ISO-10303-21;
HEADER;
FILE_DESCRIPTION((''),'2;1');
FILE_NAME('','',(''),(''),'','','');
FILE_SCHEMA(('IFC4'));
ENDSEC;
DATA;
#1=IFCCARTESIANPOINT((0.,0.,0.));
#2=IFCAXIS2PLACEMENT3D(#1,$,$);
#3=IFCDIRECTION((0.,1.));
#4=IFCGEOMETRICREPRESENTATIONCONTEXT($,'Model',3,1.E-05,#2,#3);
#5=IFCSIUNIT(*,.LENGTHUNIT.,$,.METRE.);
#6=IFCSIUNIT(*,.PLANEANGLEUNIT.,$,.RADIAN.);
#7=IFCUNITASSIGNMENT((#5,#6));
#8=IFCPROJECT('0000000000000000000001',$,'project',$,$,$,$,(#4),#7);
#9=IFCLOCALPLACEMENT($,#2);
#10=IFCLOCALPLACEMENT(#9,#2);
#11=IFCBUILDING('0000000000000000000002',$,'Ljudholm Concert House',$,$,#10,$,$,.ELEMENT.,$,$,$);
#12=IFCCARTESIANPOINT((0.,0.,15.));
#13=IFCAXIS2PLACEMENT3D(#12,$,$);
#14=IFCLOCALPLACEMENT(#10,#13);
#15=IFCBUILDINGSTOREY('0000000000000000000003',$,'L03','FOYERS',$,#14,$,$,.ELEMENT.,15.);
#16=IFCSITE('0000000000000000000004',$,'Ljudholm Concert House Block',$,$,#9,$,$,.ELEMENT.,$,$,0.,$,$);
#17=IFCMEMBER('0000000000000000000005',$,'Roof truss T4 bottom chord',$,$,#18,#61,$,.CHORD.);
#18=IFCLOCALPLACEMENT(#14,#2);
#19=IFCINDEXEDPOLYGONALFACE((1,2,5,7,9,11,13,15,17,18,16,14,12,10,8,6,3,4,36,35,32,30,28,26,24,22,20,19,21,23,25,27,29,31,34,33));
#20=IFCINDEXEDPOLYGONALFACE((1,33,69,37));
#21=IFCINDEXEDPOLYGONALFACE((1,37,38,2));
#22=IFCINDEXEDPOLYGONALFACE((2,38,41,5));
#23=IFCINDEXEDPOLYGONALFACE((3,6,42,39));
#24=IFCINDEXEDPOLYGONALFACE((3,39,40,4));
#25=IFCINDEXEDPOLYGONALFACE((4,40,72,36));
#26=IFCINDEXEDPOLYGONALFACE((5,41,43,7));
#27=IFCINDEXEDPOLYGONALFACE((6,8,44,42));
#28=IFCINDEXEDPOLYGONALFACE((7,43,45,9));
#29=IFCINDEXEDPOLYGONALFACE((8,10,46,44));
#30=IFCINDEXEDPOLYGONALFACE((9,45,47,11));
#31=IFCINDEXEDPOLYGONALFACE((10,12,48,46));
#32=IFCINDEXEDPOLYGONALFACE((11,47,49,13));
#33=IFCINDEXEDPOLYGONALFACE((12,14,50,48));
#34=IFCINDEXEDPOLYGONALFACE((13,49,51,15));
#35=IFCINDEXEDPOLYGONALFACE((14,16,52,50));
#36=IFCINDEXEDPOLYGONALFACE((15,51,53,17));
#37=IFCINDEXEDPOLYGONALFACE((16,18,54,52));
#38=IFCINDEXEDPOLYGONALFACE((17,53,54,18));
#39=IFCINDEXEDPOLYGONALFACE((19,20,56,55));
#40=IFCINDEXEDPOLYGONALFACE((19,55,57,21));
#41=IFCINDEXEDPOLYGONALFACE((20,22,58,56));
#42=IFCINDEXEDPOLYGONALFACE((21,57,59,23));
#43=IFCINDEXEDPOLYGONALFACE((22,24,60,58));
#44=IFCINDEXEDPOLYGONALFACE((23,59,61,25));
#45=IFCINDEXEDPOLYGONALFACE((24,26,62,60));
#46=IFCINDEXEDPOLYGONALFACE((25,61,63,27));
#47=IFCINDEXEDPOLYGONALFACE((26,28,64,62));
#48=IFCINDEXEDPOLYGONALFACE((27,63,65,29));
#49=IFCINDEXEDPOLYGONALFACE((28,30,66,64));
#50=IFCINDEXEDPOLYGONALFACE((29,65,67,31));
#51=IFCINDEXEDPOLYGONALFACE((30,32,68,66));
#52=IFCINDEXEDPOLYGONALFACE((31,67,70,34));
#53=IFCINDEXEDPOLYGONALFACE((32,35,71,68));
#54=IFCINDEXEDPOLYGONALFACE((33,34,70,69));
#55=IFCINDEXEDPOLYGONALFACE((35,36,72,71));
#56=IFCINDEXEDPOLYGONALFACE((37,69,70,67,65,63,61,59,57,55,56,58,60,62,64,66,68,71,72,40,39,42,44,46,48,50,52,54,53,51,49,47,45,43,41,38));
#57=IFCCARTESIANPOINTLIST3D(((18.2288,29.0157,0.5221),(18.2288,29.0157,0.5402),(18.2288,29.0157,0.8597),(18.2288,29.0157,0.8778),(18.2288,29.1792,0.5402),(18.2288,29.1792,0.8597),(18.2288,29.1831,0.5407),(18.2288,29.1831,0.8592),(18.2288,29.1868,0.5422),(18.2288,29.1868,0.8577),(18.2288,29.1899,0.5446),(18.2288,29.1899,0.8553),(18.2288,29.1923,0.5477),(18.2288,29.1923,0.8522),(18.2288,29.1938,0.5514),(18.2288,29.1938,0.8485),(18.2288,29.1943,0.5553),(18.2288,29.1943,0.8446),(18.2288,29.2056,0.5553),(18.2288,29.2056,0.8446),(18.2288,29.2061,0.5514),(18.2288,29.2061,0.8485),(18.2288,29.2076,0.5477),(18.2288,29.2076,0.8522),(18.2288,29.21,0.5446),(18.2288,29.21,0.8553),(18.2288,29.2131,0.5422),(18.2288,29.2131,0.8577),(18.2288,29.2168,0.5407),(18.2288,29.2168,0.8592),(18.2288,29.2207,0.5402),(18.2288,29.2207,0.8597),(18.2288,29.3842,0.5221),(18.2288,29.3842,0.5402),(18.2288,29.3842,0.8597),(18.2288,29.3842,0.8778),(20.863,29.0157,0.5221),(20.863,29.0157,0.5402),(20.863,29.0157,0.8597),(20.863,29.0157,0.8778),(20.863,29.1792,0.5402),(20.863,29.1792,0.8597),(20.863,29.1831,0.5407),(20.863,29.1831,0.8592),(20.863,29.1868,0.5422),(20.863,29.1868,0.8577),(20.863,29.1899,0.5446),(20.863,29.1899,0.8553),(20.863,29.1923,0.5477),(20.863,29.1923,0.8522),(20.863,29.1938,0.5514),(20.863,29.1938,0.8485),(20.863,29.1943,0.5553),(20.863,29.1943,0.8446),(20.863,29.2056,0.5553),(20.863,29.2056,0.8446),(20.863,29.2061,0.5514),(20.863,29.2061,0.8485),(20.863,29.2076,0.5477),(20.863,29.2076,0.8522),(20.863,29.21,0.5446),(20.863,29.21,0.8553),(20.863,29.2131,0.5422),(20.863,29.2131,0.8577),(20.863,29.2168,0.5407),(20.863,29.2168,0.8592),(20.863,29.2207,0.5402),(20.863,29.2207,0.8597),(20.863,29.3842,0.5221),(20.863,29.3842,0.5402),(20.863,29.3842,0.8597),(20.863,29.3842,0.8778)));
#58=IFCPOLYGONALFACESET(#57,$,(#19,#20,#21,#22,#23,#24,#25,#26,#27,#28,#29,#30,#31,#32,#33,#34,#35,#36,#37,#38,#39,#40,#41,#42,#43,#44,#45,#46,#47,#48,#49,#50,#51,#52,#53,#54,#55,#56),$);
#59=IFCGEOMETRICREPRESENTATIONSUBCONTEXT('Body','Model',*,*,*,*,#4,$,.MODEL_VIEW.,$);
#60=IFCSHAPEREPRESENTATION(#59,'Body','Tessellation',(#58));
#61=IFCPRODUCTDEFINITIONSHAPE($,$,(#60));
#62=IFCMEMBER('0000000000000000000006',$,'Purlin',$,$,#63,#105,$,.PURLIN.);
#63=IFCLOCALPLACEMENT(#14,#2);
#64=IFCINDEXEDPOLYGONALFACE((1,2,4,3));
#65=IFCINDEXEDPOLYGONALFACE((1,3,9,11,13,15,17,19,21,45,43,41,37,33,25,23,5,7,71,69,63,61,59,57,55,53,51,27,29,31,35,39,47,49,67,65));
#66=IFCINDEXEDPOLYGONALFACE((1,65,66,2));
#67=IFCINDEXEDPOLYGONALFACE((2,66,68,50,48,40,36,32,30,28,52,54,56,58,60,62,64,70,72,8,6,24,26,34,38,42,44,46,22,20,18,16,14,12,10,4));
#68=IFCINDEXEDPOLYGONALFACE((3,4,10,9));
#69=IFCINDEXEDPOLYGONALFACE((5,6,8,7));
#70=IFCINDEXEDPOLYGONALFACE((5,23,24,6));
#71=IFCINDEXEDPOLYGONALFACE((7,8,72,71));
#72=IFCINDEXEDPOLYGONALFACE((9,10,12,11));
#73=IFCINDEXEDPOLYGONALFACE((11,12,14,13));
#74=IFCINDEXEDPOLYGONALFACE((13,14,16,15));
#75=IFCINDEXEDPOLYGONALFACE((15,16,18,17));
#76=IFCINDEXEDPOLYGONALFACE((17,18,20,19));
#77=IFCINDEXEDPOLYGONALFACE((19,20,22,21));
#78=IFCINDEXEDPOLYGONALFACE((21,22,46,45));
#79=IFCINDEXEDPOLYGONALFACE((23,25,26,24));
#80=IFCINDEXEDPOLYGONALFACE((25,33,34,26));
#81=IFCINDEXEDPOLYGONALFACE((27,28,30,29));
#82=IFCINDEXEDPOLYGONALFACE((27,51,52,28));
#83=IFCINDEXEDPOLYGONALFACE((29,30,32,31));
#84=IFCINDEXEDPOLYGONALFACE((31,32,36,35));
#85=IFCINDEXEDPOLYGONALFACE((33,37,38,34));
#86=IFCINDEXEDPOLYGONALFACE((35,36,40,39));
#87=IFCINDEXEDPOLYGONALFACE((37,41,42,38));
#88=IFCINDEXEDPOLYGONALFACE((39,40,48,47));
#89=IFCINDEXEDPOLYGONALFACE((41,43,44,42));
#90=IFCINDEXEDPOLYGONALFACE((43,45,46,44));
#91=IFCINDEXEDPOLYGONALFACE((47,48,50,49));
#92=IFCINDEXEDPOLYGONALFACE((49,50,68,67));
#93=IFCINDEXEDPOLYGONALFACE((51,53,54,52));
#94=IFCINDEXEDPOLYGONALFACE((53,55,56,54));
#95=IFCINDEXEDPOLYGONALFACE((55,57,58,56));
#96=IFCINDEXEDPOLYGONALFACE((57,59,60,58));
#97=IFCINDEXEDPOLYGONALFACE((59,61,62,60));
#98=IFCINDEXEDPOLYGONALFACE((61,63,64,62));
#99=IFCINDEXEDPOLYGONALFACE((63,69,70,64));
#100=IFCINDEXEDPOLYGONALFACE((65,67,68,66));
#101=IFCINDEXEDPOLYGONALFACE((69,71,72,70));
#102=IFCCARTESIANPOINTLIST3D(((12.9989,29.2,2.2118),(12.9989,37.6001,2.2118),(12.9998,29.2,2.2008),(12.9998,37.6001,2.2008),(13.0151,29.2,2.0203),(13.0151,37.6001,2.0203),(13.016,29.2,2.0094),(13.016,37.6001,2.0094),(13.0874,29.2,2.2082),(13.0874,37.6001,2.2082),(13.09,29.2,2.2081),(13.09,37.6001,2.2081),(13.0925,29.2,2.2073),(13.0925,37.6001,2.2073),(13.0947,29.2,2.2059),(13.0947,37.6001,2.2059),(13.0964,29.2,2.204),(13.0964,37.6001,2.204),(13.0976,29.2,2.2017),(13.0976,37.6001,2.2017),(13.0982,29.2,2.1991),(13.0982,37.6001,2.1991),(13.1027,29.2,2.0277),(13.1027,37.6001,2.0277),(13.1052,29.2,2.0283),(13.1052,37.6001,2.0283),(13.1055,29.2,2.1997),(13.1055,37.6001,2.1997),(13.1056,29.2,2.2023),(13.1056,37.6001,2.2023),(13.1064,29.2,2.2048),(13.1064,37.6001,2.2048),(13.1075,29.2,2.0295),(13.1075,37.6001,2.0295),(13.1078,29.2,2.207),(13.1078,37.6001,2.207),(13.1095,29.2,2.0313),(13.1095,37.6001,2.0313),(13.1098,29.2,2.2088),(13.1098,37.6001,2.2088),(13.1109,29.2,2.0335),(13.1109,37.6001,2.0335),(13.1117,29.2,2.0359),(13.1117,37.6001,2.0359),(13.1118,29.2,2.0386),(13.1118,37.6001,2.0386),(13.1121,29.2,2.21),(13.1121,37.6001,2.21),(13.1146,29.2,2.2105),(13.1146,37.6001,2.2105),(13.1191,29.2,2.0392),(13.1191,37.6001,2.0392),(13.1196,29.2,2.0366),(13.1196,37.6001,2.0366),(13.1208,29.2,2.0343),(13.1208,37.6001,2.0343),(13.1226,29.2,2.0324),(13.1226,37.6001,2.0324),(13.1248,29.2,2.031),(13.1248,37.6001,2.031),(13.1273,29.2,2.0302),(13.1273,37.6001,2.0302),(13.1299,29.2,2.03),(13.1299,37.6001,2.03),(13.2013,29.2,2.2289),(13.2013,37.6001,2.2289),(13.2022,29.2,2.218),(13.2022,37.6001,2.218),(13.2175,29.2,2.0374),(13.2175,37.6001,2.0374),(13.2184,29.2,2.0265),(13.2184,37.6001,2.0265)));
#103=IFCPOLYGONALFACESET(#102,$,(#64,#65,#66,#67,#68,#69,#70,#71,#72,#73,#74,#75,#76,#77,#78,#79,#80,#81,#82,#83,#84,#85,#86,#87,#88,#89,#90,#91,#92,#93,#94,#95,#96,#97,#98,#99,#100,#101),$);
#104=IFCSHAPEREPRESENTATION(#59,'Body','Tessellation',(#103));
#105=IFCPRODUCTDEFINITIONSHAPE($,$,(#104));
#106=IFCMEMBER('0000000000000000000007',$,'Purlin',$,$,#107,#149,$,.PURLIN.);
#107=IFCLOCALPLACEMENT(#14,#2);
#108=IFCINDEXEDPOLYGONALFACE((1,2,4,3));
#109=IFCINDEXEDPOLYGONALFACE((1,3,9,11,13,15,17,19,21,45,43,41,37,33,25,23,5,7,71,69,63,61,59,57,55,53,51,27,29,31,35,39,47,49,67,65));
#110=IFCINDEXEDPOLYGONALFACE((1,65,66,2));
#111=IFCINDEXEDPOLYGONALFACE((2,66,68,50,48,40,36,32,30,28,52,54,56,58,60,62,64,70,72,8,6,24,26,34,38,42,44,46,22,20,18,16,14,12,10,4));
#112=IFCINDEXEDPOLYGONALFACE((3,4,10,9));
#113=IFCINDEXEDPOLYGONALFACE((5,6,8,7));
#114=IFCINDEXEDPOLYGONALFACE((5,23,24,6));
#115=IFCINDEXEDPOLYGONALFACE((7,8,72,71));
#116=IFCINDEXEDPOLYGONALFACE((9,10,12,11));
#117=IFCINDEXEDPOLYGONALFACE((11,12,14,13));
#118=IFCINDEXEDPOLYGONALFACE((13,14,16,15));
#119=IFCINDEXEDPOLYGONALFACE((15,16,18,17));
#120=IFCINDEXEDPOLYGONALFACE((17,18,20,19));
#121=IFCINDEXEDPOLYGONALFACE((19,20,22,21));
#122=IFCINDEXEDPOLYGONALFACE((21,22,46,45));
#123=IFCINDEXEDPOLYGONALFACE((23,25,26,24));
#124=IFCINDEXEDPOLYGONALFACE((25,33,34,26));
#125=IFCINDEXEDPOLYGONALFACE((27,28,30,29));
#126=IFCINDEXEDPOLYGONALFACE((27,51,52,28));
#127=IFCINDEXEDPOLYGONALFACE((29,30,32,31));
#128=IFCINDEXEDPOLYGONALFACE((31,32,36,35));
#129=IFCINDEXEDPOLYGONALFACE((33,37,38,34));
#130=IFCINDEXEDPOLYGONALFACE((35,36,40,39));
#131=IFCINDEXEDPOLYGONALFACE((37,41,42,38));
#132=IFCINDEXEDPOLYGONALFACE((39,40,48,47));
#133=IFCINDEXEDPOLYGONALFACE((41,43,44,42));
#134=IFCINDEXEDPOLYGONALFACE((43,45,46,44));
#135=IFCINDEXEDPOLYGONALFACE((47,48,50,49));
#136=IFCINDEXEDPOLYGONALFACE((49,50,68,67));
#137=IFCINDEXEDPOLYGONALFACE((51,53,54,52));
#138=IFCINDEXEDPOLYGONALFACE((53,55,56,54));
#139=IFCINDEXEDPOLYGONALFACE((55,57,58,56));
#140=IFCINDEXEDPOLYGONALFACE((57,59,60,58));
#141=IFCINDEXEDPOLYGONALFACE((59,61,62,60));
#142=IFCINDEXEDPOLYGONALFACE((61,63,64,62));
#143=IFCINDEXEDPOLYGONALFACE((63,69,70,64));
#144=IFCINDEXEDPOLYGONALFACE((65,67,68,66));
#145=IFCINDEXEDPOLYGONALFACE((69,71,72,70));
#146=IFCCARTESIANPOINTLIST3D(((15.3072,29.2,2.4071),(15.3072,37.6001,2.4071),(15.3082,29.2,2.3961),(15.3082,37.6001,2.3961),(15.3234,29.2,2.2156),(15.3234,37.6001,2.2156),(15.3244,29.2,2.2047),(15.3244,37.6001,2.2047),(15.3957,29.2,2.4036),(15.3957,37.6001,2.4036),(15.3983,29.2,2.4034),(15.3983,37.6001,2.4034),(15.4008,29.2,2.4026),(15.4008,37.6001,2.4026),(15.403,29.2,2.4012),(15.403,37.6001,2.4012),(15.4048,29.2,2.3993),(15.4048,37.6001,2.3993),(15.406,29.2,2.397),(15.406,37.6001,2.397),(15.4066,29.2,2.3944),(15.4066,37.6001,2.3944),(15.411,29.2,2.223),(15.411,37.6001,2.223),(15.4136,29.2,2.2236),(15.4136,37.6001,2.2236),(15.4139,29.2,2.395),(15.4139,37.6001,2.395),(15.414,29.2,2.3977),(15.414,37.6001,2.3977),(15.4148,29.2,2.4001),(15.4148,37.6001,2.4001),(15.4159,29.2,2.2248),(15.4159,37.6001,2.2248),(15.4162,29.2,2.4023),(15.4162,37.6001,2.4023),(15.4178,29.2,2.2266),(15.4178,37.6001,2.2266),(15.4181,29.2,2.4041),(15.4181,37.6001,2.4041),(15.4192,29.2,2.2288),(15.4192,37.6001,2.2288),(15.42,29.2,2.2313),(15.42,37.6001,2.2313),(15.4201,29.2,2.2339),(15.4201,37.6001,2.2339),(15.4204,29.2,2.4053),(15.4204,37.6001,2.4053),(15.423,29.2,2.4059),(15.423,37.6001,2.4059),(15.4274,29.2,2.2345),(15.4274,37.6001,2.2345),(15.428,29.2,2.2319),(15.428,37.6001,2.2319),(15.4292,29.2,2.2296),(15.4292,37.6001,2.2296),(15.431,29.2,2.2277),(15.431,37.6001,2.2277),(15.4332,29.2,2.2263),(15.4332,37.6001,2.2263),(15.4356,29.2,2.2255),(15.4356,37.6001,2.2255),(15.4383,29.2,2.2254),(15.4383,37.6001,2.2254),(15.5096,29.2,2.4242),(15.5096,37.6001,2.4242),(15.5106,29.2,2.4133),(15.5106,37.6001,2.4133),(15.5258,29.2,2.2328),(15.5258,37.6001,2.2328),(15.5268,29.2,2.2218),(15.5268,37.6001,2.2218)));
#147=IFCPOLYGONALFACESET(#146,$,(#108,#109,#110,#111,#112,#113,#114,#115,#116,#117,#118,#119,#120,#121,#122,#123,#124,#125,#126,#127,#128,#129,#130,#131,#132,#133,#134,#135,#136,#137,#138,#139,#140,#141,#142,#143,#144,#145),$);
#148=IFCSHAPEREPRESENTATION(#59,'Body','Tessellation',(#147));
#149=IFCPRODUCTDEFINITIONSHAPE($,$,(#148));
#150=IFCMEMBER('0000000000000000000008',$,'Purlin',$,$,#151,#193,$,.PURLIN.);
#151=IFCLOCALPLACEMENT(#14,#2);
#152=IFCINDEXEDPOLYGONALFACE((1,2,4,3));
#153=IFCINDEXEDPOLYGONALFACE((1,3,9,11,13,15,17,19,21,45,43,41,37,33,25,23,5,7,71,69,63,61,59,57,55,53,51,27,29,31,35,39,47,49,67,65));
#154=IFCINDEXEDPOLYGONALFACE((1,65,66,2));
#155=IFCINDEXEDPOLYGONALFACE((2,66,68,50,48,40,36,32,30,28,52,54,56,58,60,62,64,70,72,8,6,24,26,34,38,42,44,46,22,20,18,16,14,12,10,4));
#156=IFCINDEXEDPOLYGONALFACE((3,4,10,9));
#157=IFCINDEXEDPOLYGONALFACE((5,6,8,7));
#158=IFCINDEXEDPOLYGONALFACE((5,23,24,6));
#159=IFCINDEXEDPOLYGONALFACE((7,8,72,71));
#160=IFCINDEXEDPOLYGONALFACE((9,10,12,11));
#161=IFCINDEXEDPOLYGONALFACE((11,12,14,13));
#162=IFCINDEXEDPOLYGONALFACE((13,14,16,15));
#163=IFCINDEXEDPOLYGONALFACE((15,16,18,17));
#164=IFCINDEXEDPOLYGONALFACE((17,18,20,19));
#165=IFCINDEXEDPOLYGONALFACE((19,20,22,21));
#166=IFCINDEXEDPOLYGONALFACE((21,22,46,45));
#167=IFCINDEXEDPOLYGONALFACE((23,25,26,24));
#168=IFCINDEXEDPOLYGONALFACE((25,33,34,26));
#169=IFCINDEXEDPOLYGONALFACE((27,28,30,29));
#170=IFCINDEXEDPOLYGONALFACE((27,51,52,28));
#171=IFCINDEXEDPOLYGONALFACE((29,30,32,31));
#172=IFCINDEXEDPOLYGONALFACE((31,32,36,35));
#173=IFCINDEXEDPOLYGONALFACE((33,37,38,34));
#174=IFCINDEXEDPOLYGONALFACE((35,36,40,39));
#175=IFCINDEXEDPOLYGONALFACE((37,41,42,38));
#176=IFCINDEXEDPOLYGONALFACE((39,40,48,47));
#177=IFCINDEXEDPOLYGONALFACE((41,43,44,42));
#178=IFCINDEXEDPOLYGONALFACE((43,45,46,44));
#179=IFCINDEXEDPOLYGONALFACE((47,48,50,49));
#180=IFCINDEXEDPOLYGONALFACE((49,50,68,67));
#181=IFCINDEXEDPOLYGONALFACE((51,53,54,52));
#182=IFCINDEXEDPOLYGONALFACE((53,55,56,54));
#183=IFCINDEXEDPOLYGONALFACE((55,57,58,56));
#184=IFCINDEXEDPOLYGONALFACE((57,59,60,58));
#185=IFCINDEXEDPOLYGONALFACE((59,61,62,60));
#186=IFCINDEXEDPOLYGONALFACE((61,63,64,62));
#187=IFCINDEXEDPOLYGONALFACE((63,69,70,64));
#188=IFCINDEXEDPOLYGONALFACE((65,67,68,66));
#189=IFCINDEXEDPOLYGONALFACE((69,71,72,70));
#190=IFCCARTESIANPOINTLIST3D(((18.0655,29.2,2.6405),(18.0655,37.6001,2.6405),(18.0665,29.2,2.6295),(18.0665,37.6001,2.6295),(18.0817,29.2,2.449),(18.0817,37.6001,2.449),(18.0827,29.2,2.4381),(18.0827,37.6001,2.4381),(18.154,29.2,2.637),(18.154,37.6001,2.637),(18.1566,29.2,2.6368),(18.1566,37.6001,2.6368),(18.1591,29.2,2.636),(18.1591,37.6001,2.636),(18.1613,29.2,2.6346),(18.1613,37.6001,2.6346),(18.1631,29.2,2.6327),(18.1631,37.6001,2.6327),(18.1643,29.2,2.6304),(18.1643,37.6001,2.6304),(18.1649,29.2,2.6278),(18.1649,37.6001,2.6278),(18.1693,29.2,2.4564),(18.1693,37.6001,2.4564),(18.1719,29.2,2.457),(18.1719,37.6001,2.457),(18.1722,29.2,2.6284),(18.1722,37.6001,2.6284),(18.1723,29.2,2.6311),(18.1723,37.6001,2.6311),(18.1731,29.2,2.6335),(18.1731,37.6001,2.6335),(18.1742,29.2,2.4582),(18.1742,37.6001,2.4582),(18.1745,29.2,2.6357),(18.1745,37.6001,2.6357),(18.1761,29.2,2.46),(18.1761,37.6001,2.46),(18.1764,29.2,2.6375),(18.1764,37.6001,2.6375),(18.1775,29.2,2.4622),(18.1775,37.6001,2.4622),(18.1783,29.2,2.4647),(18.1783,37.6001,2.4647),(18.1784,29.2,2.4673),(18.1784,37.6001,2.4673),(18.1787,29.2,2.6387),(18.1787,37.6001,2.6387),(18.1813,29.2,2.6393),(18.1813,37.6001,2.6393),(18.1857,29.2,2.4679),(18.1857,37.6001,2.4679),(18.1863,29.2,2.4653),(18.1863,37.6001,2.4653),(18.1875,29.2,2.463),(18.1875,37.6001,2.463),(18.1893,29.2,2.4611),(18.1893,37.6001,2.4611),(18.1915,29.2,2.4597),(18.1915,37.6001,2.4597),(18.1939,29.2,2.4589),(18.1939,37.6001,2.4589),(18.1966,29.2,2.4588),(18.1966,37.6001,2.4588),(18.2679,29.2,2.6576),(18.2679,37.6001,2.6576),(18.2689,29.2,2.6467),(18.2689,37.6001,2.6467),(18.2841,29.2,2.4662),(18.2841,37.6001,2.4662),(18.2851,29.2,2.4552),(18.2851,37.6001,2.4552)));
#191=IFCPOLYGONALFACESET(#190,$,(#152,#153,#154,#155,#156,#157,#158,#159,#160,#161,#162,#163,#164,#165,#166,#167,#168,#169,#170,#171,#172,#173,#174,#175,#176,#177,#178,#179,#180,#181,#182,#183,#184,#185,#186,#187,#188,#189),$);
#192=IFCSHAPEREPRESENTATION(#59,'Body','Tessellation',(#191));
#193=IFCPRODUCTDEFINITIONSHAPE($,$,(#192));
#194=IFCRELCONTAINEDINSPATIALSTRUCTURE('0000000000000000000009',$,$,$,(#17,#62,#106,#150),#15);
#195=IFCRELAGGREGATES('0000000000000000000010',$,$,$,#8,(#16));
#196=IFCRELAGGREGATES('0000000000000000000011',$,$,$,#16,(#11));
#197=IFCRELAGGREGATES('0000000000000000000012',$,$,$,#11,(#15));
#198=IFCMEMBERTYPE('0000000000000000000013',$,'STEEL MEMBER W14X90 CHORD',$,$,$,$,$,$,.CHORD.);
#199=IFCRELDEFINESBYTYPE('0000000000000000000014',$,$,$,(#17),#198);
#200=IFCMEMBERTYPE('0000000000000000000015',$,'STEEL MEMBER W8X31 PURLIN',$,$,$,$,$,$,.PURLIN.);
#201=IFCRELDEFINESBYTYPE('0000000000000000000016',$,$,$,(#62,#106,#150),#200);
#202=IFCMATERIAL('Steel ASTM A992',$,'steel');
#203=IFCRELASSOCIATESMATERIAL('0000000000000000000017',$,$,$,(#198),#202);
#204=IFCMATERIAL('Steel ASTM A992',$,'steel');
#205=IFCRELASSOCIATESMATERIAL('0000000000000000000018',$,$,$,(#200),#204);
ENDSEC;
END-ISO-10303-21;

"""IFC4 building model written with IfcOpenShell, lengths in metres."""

from ifc_helpers import new_model, si_unit, direction, frame, origin, origin_2d, place, context, subcontext, project, spatial, i_section, extrude, material, material_profile, profile_set, type_object, element, save


model = new_model("IFC4")

# Units and contexts
model_context = context("Model", 3, precision=1e-05, world=origin(), true_north=direction((0.0, 1.0)))
body_context = subcontext(model_context, "Body", "Model", "MODEL_VIEW")
ifc_project = project(units=[si_unit("LENGTHUNIT", "METRE"), si_unit("PLANEANGLEUNIT", "RADIAN")], contexts=[model_context])

# Site, building, storey
site_placement = place(None, origin())
site = spatial("IfcSite", under=ifc_project, at=site_placement, Name="Ljudholm Concert House Block", CompositionType="ELEMENT", RefElevation=0.0)
building_placement = place(site_placement, origin())
building = spatial("IfcBuilding", under=site, at=building_placement, Name="Ljudholm Concert House", CompositionType="ELEMENT")
storey_placement = place(building_placement, frame((0.0, 0.0, 15.0)))
storey = spatial("IfcBuildingStorey", under=building, at=storey_placement, Name="L03", Description="FOYERS", CompositionType="ELEMENT", Elevation=15.0)

# Members
ifc_material_1 = material(Name="Steel ASTM A992", Category="steel")
ifc_material_profile_1 = material_profile(ifc_material_1, i_section(OverallWidth=0.3684, OverallDepth=0.3557, WebThickness=0.0112, FlangeThickness=0.0181, FilletRadius=0.0151, at=origin_2d()), Name="W14X90")
ifc_profile_set_1 = profile_set([ifc_material_profile_1], Name="Steel ASTM A992")
member_type_1 = type_object("IfcMemberType", Name="STEEL MEMBER W14X90 CHORD", PredefinedType="CHORD", material=ifc_profile_set_1)
member_1_placement = place(storey_placement, frame((18.2288, 29.2, 0.7), z_axis=(1.0, 0.0, 0.0), x_axis=(0.0, 1.0, 0.0)))
element("IfcMember", 1, at=member_1_placement, inside=storey, type_object=member_type_1, Name="Roof truss T4 bottom chord", PredefinedType="CHORD", context=body_context, shape_type="SweptSolid", body=[
    extrude(i_section(OverallWidth=0.3684, OverallDepth=0.3557, WebThickness=0.0112, FlangeThickness=0.0181, FilletRadius=0.0151, at=origin_2d()), origin(), (0.0, 0.0, 1.0), 2.6343),
])
ifc_material_2 = material(Name="Steel ASTM A992", Category="steel")
ifc_material_profile_2 = material_profile(ifc_material_2, i_section(OverallWidth=0.2031, OverallDepth=0.2031, WebThickness=0.0073, FlangeThickness=0.011, FilletRadius=0.01, at=origin_2d()), Name="W8X31")
ifc_profile_set_2 = profile_set([ifc_material_profile_2], Name="Steel ASTM A992")
member_type_2 = type_object("IfcMemberType", Name="STEEL MEMBER W8X31 PURLIN", PredefinedType="PURLIN", material=ifc_profile_set_2)
for number, where, z_axis, x_axis, name in (
    (2, (13.1086, 29.2, 2.1191), (0.0, 1.0, 0.0), (-0.996441, 0.0, -0.084291), "Purlin"),
    (3, (15.417, 29.2, 2.3145), (0.0, 1.0, 0.0), (-0.996441, 0.0, -0.084291), "Purlin"),
    (4, (18.1753, 29.2, 2.5479), (0.0, 1.0, 0.0), (-0.996441, 0.0, -0.084291), "Purlin"),
):
    element("IfcMember", number, at=place(storey_placement, frame(where, z_axis=z_axis, x_axis=x_axis)), inside=storey, type_object=member_type_2, Name=name, PredefinedType="PURLIN", context=body_context, shape_type="SweptSolid", body=[
        extrude(i_section(OverallWidth=0.2031, OverallDepth=0.2031, WebThickness=0.0073, FlangeThickness=0.011, FilletRadius=0.01, at=origin_2d()), origin(), (0.0, 0.0, 1.0), 8.4001),
    ])

save(model, "model.ifc")
